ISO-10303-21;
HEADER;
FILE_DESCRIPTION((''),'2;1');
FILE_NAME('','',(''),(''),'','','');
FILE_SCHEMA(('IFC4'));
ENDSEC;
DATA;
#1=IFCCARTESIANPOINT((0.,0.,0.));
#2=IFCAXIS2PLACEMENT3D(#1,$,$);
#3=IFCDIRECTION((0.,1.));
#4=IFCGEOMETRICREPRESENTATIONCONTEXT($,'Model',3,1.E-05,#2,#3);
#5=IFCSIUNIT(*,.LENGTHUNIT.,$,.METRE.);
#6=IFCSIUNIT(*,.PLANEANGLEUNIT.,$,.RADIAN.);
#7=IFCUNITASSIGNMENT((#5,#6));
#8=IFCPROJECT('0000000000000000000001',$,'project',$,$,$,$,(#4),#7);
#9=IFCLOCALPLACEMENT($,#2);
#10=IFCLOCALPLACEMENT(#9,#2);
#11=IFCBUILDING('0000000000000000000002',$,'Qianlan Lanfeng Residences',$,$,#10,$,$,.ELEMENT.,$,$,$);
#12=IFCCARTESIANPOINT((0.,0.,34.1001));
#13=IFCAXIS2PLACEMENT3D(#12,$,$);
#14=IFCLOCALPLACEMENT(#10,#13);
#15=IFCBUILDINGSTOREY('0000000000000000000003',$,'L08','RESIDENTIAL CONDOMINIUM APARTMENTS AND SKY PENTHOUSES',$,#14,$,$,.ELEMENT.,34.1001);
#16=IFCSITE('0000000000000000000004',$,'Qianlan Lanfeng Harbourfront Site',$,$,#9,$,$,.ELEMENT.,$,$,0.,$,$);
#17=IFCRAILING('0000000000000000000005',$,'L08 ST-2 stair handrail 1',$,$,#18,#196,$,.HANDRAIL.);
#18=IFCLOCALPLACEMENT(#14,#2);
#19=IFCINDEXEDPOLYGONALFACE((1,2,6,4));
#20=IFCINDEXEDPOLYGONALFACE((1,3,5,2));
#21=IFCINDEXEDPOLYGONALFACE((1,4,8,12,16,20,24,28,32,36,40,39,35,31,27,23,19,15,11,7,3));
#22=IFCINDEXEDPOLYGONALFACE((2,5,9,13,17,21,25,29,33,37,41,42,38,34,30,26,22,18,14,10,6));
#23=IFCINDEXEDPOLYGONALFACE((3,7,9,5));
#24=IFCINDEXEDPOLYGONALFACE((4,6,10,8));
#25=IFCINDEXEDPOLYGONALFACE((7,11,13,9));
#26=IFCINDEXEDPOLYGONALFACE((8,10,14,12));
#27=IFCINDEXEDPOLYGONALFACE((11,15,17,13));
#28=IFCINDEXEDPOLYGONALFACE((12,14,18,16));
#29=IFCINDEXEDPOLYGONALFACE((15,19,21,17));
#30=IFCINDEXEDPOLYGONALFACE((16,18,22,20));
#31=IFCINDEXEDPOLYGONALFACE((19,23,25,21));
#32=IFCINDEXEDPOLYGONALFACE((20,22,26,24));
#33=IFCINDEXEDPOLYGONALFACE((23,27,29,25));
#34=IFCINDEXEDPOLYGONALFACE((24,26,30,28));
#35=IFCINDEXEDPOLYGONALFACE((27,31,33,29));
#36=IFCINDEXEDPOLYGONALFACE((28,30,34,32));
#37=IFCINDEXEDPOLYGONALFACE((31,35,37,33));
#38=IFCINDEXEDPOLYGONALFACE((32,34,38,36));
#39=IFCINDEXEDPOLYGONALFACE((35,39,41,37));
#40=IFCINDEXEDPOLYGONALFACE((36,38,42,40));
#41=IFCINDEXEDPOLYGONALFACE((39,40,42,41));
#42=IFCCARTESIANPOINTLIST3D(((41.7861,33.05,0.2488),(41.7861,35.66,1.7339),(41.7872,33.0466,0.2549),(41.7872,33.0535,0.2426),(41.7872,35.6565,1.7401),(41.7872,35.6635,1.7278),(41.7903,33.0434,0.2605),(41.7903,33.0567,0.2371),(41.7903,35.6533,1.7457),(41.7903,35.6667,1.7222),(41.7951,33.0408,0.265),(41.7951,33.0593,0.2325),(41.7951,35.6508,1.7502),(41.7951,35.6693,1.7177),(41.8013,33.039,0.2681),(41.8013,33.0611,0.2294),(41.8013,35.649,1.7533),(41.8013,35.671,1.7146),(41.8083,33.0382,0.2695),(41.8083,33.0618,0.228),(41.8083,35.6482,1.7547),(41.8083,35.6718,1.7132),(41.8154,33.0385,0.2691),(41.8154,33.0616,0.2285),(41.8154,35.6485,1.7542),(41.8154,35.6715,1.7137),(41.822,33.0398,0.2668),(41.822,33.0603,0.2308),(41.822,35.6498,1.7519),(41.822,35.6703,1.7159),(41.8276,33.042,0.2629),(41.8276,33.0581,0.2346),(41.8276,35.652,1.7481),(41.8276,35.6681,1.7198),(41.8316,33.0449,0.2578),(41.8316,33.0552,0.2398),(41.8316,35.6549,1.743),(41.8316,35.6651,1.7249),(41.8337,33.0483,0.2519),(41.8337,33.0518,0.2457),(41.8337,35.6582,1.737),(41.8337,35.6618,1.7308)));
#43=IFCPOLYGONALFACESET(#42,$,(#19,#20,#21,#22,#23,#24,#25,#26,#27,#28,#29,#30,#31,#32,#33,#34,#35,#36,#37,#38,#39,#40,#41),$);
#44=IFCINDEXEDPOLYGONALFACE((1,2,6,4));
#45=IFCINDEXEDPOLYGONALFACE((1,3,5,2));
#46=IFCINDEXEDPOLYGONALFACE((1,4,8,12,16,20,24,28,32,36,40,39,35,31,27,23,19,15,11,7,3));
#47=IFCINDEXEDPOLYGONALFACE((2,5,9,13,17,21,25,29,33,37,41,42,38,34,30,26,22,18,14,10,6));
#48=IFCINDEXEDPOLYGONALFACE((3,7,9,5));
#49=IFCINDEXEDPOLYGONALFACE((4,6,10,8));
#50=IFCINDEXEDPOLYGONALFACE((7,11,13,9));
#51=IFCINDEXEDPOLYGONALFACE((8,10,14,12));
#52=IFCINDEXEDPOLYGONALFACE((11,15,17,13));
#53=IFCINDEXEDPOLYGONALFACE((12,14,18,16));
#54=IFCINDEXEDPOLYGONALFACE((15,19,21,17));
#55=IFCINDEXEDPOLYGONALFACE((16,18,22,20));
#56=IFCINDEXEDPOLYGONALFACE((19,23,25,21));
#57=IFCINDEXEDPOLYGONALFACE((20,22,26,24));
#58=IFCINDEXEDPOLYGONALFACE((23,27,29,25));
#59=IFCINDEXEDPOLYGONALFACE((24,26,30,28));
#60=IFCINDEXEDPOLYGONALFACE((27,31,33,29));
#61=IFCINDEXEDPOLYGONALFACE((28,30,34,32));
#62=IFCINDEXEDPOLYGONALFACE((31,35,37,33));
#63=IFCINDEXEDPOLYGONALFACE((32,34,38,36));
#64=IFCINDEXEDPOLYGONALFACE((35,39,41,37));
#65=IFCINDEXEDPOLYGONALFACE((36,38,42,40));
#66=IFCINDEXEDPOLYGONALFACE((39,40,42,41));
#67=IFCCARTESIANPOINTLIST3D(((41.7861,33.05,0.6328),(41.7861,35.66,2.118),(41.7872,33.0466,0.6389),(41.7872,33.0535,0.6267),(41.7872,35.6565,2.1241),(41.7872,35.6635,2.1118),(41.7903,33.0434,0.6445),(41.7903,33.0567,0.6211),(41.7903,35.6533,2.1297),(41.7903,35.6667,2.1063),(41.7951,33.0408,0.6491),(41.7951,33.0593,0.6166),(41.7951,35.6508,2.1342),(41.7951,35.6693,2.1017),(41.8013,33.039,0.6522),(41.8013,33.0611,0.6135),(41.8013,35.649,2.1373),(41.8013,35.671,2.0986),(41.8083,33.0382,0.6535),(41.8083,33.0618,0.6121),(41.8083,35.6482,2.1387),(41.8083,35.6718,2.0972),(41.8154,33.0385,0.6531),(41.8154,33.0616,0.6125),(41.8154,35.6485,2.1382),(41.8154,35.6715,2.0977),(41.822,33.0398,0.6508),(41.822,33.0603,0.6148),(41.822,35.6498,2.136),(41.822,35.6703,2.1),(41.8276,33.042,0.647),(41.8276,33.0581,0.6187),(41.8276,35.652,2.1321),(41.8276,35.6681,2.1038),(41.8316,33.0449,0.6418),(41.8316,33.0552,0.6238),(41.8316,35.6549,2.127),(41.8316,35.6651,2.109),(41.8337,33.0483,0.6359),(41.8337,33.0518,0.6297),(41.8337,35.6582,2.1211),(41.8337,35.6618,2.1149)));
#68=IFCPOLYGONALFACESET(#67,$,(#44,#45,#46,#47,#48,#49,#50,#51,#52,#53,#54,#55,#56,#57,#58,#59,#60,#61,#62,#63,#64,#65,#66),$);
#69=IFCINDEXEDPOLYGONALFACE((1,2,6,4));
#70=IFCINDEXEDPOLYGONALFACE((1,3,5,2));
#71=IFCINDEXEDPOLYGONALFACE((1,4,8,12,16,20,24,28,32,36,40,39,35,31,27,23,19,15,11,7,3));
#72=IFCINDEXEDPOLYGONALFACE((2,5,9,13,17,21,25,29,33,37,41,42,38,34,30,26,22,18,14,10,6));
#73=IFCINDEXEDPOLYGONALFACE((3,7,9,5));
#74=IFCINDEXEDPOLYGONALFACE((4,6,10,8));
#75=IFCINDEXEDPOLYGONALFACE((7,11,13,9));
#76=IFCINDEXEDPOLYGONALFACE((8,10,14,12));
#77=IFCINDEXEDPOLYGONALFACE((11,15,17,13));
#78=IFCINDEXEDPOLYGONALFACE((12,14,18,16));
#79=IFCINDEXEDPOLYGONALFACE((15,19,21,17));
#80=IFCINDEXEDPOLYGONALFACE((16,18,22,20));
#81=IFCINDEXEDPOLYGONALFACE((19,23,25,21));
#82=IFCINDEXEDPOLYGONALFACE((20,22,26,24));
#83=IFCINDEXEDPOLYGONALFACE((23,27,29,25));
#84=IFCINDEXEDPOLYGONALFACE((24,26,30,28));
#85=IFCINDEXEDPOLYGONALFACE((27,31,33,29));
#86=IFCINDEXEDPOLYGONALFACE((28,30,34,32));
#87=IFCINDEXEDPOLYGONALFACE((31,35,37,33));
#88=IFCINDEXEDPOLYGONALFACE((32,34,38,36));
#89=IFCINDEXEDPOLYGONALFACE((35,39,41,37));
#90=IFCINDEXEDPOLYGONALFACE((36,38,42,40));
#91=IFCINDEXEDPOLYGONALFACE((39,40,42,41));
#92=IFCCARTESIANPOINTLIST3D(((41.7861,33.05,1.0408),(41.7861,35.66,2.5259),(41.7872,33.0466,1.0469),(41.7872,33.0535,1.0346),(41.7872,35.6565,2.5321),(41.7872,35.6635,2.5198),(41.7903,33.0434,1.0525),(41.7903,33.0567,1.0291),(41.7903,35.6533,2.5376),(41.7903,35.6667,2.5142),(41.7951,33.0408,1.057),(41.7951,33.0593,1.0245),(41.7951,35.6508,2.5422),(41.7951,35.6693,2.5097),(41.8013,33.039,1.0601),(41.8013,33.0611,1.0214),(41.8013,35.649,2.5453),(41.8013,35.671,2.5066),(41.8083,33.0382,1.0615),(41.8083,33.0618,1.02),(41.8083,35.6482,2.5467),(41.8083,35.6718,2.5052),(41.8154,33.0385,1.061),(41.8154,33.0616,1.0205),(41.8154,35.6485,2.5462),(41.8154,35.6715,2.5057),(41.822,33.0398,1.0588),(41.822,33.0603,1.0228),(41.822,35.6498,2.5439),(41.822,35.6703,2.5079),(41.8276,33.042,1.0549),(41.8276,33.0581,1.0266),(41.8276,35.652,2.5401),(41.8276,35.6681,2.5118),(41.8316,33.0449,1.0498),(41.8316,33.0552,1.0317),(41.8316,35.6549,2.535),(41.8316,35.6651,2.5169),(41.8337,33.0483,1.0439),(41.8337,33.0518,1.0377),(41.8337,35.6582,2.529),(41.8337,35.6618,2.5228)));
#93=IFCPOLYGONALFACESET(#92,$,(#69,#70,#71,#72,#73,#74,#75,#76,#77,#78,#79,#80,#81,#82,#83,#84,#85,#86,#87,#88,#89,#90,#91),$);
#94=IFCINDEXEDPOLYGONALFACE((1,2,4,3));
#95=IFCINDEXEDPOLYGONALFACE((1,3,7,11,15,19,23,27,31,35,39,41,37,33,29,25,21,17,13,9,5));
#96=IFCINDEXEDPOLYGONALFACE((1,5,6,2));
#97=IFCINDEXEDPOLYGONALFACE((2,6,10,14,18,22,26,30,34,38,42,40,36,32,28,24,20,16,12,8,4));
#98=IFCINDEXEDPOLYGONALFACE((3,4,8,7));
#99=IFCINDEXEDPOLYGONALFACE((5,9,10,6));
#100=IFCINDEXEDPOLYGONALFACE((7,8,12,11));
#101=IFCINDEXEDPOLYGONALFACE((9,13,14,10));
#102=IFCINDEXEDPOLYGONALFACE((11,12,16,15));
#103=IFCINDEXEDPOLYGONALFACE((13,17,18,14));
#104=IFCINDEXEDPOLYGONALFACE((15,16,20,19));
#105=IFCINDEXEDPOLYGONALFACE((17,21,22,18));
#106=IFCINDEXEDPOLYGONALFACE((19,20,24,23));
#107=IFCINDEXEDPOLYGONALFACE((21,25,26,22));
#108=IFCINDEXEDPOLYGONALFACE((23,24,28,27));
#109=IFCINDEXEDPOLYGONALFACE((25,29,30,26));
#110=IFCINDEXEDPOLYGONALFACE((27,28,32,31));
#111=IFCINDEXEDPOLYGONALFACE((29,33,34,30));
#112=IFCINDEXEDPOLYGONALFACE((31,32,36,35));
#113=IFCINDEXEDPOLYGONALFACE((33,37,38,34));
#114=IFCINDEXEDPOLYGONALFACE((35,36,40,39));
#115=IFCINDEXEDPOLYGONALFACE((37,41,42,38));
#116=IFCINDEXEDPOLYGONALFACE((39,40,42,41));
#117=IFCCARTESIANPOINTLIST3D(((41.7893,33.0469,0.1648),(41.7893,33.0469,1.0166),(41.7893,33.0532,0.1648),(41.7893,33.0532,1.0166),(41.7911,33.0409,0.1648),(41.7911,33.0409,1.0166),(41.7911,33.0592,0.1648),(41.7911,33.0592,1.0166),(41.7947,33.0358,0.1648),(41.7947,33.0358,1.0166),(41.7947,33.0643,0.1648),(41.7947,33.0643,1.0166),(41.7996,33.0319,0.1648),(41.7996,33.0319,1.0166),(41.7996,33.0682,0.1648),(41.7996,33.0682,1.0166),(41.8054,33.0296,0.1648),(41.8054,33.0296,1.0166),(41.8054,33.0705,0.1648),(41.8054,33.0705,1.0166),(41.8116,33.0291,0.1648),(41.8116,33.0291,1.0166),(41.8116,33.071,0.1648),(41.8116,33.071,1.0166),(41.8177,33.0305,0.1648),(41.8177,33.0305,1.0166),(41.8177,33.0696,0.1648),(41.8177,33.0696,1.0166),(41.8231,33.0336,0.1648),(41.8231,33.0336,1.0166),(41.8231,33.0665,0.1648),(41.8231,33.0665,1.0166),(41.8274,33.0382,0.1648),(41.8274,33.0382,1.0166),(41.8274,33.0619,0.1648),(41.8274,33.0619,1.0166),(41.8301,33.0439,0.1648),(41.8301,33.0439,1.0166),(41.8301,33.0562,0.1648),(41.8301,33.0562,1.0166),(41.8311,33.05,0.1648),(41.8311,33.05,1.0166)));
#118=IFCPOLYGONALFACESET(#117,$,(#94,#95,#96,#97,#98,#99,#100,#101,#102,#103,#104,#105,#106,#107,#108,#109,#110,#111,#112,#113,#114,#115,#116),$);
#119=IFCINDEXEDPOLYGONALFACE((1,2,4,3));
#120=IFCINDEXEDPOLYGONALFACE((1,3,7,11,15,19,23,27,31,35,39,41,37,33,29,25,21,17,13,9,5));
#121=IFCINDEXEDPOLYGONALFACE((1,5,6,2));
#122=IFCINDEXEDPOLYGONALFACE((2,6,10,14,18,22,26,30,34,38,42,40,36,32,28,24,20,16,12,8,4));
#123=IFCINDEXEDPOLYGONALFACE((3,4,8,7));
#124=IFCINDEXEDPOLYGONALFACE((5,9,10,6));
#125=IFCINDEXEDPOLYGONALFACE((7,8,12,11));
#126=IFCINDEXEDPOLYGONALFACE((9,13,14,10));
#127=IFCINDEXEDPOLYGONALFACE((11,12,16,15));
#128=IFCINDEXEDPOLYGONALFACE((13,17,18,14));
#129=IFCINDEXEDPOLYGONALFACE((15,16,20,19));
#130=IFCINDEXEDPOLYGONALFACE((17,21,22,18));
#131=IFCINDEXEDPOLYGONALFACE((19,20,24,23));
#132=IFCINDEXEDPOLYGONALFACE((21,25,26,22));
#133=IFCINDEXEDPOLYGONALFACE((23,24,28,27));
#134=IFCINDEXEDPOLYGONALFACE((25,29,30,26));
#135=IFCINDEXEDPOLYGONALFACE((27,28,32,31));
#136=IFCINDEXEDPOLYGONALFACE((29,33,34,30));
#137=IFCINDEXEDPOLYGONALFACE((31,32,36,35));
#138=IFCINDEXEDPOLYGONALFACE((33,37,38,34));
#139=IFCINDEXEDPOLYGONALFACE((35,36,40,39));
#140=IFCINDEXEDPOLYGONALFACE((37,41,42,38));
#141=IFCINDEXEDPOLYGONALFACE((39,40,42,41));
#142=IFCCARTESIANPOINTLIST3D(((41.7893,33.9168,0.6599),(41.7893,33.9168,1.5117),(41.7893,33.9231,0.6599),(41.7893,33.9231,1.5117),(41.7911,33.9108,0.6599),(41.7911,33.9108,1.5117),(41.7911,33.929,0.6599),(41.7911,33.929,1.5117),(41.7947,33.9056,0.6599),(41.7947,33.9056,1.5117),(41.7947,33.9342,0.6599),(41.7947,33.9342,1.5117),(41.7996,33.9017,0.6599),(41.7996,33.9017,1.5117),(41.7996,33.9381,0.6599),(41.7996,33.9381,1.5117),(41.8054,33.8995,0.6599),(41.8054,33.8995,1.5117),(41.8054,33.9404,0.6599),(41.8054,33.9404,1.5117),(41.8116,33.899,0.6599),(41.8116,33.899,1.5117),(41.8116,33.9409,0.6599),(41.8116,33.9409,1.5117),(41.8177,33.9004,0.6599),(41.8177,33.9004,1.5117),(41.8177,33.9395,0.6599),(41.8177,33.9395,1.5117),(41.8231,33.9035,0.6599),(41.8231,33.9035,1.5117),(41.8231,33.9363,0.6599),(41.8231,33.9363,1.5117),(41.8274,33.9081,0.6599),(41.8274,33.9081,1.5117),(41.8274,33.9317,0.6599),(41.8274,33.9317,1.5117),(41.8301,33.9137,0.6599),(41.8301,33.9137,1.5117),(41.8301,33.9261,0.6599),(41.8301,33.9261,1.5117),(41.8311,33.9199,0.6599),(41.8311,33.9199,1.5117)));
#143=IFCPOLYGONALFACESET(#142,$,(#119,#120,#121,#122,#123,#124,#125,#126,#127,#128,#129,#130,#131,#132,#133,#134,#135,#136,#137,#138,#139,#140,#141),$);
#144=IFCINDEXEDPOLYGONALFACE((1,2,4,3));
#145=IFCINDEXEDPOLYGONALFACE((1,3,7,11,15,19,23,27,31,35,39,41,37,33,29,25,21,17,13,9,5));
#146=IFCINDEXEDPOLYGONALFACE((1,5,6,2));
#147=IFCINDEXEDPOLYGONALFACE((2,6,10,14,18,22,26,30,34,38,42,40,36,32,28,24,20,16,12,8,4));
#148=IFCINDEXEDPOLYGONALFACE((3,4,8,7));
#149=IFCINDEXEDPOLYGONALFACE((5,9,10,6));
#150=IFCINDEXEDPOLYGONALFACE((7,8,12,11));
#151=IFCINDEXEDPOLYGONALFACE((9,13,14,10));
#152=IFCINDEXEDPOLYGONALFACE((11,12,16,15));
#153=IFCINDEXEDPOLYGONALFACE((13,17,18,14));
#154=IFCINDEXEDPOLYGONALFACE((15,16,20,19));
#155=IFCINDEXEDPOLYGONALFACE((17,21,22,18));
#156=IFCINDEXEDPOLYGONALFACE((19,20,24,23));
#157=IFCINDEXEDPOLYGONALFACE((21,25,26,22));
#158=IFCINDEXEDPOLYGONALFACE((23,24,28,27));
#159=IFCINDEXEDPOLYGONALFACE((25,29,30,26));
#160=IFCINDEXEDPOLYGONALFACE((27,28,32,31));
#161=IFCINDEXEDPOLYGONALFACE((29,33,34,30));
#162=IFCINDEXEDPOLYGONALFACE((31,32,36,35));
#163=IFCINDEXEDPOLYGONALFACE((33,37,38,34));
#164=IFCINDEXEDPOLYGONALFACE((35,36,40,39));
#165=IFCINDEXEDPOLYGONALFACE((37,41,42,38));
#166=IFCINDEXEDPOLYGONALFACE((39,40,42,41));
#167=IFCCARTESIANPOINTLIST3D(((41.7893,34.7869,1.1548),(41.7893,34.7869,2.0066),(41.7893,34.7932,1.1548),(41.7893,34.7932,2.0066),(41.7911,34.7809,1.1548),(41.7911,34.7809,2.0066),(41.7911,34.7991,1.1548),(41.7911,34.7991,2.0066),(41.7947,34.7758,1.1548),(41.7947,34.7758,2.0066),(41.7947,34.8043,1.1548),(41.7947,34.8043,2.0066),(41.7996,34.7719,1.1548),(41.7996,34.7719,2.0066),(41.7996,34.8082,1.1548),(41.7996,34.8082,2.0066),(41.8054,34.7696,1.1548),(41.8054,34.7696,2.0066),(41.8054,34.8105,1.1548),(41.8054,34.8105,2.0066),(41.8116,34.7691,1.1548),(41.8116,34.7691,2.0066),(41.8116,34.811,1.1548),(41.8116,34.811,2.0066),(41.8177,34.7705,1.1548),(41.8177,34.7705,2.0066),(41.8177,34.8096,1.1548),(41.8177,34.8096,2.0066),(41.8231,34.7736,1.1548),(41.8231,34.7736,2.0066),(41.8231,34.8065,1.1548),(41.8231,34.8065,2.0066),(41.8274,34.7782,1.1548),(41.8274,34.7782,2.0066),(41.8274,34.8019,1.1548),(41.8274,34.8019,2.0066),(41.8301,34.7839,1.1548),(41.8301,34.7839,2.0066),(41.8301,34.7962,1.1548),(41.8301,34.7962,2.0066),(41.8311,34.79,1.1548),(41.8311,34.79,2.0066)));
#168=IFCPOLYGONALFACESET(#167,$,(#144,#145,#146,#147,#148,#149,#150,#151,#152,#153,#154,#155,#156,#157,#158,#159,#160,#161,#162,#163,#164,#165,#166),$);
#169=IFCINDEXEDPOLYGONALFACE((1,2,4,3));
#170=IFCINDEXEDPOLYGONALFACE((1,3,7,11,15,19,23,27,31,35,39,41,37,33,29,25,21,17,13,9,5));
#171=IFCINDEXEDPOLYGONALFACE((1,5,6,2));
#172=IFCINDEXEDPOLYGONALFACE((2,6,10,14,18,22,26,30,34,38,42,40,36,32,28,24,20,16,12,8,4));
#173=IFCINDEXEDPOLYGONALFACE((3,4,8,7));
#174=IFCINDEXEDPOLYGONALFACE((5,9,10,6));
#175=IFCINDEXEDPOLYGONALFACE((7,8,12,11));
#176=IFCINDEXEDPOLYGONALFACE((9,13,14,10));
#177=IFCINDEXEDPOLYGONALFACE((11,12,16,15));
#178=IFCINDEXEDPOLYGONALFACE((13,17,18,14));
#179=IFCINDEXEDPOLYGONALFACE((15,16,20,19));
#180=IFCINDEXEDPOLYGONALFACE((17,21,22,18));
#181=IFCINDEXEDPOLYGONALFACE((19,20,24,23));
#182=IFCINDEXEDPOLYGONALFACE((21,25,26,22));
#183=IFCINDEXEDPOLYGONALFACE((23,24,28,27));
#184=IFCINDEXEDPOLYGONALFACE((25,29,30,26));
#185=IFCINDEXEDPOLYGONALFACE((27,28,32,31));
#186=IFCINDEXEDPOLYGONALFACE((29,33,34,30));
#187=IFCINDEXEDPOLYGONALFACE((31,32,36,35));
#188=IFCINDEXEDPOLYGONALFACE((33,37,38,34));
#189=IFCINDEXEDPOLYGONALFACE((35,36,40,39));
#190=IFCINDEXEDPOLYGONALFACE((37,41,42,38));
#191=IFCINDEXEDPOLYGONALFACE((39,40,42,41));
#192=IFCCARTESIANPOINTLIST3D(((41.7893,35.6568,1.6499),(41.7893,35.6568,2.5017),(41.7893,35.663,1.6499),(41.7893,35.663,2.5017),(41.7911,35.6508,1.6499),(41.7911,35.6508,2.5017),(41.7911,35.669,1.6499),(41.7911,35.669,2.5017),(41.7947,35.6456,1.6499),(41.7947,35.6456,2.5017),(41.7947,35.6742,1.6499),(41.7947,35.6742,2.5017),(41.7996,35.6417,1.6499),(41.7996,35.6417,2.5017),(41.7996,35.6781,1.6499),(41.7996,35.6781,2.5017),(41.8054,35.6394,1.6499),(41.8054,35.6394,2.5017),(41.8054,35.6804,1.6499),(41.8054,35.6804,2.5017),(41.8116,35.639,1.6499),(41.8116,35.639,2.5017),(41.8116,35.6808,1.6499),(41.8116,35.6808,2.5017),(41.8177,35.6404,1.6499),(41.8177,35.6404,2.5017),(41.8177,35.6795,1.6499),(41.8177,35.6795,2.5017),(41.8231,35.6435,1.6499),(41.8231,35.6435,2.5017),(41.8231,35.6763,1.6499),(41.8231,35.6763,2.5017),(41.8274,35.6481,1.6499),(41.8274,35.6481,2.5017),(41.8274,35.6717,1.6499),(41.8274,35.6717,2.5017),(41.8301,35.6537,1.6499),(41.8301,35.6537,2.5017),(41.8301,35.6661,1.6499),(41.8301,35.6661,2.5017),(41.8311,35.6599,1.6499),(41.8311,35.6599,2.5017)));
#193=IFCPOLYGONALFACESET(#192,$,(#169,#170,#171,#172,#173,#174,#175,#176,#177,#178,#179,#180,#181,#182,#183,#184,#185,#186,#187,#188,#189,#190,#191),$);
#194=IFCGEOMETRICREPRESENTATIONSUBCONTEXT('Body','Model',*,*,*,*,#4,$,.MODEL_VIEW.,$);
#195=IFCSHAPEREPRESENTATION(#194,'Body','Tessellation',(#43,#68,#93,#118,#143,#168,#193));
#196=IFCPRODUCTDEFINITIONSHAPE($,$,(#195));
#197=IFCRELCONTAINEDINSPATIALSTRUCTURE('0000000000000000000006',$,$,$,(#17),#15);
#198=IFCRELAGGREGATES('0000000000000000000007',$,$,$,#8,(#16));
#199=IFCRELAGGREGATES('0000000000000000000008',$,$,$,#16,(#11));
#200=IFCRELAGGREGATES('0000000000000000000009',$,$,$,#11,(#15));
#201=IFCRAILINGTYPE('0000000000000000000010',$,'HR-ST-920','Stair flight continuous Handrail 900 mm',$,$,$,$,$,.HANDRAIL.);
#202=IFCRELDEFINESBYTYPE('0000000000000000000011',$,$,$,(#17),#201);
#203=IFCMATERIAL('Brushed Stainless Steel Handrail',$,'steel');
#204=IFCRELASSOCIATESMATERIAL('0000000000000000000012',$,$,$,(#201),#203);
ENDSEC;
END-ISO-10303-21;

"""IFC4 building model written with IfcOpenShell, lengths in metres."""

from ifc_helpers import new_model, si_unit, direction, frame, origin, origin_2d, place, context, subcontext, project, spatial, circle, extrude, material, type_object, element, save


model = new_model("IFC4")

# Units and contexts
model_context = context("Model", 3, precision=1e-05, world=origin(), true_north=direction((0.0, 1.0)))
body_context = subcontext(model_context, "Body", "Model", "MODEL_VIEW")
ifc_project = project(units=[si_unit("LENGTHUNIT", "METRE"), si_unit("PLANEANGLEUNIT", "RADIAN")], contexts=[model_context])

# Site, building, storey
site_placement = place(None, origin())
site = spatial("IfcSite", under=ifc_project, at=site_placement, Name="Qianlan Lanfeng Harbourfront Site", CompositionType="ELEMENT", RefElevation=0.0)
building_placement = place(site_placement, origin())
building = spatial("IfcBuilding", under=site, at=building_placement, Name="Qianlan Lanfeng Residences", CompositionType="ELEMENT")
storey_placement = place(building_placement, frame((0.0, 0.0, 34.1001)))
storey = spatial("IfcBuildingStorey", under=building, at=storey_placement, Name="L08", Description="RESIDENTIAL CONDOMINIUM APARTMENTS AND SKY PENTHOUSES", CompositionType="ELEMENT", Elevation=34.1001)

# Railing
ifc_material_1 = material(Name="Brushed Stainless Steel Handrail", Category="steel")
railing_type_1 = type_object("IfcRailingType", Name="HR-ST-920", Description="Stair flight continuous Handrail 900 mm", PredefinedType="HANDRAIL", material=ifc_material_1)
railing_1_placement = place(storey_placement, frame((41.8101, 33.05, 0.1648)))
element("IfcRailing", 1, at=railing_1_placement, inside=storey, type_object=railing_type_1, Name="L08 ST-2 stair handrail 1", PredefinedType="HANDRAIL", context=body_context, shape_type="SweptSolid", body=[
    extrude(circle(Radius=0.0239, at=origin_2d()), frame((0.0, 0.0, 0.084), z_axis=(0.0, 0.869137, 0.494571), x_axis=(-1.0, 0.0, 0.0)), (0.0, 0.0, 1.0), 3.0029),
    extrude(circle(Radius=0.0239, at=origin_2d()), frame((0.0, 0.0, 0.468), z_axis=(0.0, 0.869137, 0.494571), x_axis=(-1.0, 0.0, 0.0)), (0.0, 0.0, 1.0), 3.0029),
    extrude(circle(Radius=0.0239, at=origin_2d()), frame((0.0, 0.0, 0.876), z_axis=(0.0, 0.869137, 0.494571), x_axis=(-1.0, 0.0, 0.0)), (0.0, 0.0, 1.0), 3.0029),
    extrude(circle(Radius=0.021, at=origin_2d()), origin(), (0.0, 0.0, 1.0), 0.8518),
    extrude(circle(Radius=0.021, at=origin_2d()), frame((0.0, 0.8699, 0.4951)), (0.0, 0.0, 1.0), 0.8518),
    extrude(circle(Radius=0.021, at=origin_2d()), frame((0.0, 1.74, 0.99)), (0.0, 0.0, 1.0), 0.8518),
    extrude(circle(Radius=0.021, at=origin_2d()), frame((0.0, 2.6099, 1.4851)), (0.0, 0.0, 1.0), 0.8518),
])

save(model, "model.ifc")
